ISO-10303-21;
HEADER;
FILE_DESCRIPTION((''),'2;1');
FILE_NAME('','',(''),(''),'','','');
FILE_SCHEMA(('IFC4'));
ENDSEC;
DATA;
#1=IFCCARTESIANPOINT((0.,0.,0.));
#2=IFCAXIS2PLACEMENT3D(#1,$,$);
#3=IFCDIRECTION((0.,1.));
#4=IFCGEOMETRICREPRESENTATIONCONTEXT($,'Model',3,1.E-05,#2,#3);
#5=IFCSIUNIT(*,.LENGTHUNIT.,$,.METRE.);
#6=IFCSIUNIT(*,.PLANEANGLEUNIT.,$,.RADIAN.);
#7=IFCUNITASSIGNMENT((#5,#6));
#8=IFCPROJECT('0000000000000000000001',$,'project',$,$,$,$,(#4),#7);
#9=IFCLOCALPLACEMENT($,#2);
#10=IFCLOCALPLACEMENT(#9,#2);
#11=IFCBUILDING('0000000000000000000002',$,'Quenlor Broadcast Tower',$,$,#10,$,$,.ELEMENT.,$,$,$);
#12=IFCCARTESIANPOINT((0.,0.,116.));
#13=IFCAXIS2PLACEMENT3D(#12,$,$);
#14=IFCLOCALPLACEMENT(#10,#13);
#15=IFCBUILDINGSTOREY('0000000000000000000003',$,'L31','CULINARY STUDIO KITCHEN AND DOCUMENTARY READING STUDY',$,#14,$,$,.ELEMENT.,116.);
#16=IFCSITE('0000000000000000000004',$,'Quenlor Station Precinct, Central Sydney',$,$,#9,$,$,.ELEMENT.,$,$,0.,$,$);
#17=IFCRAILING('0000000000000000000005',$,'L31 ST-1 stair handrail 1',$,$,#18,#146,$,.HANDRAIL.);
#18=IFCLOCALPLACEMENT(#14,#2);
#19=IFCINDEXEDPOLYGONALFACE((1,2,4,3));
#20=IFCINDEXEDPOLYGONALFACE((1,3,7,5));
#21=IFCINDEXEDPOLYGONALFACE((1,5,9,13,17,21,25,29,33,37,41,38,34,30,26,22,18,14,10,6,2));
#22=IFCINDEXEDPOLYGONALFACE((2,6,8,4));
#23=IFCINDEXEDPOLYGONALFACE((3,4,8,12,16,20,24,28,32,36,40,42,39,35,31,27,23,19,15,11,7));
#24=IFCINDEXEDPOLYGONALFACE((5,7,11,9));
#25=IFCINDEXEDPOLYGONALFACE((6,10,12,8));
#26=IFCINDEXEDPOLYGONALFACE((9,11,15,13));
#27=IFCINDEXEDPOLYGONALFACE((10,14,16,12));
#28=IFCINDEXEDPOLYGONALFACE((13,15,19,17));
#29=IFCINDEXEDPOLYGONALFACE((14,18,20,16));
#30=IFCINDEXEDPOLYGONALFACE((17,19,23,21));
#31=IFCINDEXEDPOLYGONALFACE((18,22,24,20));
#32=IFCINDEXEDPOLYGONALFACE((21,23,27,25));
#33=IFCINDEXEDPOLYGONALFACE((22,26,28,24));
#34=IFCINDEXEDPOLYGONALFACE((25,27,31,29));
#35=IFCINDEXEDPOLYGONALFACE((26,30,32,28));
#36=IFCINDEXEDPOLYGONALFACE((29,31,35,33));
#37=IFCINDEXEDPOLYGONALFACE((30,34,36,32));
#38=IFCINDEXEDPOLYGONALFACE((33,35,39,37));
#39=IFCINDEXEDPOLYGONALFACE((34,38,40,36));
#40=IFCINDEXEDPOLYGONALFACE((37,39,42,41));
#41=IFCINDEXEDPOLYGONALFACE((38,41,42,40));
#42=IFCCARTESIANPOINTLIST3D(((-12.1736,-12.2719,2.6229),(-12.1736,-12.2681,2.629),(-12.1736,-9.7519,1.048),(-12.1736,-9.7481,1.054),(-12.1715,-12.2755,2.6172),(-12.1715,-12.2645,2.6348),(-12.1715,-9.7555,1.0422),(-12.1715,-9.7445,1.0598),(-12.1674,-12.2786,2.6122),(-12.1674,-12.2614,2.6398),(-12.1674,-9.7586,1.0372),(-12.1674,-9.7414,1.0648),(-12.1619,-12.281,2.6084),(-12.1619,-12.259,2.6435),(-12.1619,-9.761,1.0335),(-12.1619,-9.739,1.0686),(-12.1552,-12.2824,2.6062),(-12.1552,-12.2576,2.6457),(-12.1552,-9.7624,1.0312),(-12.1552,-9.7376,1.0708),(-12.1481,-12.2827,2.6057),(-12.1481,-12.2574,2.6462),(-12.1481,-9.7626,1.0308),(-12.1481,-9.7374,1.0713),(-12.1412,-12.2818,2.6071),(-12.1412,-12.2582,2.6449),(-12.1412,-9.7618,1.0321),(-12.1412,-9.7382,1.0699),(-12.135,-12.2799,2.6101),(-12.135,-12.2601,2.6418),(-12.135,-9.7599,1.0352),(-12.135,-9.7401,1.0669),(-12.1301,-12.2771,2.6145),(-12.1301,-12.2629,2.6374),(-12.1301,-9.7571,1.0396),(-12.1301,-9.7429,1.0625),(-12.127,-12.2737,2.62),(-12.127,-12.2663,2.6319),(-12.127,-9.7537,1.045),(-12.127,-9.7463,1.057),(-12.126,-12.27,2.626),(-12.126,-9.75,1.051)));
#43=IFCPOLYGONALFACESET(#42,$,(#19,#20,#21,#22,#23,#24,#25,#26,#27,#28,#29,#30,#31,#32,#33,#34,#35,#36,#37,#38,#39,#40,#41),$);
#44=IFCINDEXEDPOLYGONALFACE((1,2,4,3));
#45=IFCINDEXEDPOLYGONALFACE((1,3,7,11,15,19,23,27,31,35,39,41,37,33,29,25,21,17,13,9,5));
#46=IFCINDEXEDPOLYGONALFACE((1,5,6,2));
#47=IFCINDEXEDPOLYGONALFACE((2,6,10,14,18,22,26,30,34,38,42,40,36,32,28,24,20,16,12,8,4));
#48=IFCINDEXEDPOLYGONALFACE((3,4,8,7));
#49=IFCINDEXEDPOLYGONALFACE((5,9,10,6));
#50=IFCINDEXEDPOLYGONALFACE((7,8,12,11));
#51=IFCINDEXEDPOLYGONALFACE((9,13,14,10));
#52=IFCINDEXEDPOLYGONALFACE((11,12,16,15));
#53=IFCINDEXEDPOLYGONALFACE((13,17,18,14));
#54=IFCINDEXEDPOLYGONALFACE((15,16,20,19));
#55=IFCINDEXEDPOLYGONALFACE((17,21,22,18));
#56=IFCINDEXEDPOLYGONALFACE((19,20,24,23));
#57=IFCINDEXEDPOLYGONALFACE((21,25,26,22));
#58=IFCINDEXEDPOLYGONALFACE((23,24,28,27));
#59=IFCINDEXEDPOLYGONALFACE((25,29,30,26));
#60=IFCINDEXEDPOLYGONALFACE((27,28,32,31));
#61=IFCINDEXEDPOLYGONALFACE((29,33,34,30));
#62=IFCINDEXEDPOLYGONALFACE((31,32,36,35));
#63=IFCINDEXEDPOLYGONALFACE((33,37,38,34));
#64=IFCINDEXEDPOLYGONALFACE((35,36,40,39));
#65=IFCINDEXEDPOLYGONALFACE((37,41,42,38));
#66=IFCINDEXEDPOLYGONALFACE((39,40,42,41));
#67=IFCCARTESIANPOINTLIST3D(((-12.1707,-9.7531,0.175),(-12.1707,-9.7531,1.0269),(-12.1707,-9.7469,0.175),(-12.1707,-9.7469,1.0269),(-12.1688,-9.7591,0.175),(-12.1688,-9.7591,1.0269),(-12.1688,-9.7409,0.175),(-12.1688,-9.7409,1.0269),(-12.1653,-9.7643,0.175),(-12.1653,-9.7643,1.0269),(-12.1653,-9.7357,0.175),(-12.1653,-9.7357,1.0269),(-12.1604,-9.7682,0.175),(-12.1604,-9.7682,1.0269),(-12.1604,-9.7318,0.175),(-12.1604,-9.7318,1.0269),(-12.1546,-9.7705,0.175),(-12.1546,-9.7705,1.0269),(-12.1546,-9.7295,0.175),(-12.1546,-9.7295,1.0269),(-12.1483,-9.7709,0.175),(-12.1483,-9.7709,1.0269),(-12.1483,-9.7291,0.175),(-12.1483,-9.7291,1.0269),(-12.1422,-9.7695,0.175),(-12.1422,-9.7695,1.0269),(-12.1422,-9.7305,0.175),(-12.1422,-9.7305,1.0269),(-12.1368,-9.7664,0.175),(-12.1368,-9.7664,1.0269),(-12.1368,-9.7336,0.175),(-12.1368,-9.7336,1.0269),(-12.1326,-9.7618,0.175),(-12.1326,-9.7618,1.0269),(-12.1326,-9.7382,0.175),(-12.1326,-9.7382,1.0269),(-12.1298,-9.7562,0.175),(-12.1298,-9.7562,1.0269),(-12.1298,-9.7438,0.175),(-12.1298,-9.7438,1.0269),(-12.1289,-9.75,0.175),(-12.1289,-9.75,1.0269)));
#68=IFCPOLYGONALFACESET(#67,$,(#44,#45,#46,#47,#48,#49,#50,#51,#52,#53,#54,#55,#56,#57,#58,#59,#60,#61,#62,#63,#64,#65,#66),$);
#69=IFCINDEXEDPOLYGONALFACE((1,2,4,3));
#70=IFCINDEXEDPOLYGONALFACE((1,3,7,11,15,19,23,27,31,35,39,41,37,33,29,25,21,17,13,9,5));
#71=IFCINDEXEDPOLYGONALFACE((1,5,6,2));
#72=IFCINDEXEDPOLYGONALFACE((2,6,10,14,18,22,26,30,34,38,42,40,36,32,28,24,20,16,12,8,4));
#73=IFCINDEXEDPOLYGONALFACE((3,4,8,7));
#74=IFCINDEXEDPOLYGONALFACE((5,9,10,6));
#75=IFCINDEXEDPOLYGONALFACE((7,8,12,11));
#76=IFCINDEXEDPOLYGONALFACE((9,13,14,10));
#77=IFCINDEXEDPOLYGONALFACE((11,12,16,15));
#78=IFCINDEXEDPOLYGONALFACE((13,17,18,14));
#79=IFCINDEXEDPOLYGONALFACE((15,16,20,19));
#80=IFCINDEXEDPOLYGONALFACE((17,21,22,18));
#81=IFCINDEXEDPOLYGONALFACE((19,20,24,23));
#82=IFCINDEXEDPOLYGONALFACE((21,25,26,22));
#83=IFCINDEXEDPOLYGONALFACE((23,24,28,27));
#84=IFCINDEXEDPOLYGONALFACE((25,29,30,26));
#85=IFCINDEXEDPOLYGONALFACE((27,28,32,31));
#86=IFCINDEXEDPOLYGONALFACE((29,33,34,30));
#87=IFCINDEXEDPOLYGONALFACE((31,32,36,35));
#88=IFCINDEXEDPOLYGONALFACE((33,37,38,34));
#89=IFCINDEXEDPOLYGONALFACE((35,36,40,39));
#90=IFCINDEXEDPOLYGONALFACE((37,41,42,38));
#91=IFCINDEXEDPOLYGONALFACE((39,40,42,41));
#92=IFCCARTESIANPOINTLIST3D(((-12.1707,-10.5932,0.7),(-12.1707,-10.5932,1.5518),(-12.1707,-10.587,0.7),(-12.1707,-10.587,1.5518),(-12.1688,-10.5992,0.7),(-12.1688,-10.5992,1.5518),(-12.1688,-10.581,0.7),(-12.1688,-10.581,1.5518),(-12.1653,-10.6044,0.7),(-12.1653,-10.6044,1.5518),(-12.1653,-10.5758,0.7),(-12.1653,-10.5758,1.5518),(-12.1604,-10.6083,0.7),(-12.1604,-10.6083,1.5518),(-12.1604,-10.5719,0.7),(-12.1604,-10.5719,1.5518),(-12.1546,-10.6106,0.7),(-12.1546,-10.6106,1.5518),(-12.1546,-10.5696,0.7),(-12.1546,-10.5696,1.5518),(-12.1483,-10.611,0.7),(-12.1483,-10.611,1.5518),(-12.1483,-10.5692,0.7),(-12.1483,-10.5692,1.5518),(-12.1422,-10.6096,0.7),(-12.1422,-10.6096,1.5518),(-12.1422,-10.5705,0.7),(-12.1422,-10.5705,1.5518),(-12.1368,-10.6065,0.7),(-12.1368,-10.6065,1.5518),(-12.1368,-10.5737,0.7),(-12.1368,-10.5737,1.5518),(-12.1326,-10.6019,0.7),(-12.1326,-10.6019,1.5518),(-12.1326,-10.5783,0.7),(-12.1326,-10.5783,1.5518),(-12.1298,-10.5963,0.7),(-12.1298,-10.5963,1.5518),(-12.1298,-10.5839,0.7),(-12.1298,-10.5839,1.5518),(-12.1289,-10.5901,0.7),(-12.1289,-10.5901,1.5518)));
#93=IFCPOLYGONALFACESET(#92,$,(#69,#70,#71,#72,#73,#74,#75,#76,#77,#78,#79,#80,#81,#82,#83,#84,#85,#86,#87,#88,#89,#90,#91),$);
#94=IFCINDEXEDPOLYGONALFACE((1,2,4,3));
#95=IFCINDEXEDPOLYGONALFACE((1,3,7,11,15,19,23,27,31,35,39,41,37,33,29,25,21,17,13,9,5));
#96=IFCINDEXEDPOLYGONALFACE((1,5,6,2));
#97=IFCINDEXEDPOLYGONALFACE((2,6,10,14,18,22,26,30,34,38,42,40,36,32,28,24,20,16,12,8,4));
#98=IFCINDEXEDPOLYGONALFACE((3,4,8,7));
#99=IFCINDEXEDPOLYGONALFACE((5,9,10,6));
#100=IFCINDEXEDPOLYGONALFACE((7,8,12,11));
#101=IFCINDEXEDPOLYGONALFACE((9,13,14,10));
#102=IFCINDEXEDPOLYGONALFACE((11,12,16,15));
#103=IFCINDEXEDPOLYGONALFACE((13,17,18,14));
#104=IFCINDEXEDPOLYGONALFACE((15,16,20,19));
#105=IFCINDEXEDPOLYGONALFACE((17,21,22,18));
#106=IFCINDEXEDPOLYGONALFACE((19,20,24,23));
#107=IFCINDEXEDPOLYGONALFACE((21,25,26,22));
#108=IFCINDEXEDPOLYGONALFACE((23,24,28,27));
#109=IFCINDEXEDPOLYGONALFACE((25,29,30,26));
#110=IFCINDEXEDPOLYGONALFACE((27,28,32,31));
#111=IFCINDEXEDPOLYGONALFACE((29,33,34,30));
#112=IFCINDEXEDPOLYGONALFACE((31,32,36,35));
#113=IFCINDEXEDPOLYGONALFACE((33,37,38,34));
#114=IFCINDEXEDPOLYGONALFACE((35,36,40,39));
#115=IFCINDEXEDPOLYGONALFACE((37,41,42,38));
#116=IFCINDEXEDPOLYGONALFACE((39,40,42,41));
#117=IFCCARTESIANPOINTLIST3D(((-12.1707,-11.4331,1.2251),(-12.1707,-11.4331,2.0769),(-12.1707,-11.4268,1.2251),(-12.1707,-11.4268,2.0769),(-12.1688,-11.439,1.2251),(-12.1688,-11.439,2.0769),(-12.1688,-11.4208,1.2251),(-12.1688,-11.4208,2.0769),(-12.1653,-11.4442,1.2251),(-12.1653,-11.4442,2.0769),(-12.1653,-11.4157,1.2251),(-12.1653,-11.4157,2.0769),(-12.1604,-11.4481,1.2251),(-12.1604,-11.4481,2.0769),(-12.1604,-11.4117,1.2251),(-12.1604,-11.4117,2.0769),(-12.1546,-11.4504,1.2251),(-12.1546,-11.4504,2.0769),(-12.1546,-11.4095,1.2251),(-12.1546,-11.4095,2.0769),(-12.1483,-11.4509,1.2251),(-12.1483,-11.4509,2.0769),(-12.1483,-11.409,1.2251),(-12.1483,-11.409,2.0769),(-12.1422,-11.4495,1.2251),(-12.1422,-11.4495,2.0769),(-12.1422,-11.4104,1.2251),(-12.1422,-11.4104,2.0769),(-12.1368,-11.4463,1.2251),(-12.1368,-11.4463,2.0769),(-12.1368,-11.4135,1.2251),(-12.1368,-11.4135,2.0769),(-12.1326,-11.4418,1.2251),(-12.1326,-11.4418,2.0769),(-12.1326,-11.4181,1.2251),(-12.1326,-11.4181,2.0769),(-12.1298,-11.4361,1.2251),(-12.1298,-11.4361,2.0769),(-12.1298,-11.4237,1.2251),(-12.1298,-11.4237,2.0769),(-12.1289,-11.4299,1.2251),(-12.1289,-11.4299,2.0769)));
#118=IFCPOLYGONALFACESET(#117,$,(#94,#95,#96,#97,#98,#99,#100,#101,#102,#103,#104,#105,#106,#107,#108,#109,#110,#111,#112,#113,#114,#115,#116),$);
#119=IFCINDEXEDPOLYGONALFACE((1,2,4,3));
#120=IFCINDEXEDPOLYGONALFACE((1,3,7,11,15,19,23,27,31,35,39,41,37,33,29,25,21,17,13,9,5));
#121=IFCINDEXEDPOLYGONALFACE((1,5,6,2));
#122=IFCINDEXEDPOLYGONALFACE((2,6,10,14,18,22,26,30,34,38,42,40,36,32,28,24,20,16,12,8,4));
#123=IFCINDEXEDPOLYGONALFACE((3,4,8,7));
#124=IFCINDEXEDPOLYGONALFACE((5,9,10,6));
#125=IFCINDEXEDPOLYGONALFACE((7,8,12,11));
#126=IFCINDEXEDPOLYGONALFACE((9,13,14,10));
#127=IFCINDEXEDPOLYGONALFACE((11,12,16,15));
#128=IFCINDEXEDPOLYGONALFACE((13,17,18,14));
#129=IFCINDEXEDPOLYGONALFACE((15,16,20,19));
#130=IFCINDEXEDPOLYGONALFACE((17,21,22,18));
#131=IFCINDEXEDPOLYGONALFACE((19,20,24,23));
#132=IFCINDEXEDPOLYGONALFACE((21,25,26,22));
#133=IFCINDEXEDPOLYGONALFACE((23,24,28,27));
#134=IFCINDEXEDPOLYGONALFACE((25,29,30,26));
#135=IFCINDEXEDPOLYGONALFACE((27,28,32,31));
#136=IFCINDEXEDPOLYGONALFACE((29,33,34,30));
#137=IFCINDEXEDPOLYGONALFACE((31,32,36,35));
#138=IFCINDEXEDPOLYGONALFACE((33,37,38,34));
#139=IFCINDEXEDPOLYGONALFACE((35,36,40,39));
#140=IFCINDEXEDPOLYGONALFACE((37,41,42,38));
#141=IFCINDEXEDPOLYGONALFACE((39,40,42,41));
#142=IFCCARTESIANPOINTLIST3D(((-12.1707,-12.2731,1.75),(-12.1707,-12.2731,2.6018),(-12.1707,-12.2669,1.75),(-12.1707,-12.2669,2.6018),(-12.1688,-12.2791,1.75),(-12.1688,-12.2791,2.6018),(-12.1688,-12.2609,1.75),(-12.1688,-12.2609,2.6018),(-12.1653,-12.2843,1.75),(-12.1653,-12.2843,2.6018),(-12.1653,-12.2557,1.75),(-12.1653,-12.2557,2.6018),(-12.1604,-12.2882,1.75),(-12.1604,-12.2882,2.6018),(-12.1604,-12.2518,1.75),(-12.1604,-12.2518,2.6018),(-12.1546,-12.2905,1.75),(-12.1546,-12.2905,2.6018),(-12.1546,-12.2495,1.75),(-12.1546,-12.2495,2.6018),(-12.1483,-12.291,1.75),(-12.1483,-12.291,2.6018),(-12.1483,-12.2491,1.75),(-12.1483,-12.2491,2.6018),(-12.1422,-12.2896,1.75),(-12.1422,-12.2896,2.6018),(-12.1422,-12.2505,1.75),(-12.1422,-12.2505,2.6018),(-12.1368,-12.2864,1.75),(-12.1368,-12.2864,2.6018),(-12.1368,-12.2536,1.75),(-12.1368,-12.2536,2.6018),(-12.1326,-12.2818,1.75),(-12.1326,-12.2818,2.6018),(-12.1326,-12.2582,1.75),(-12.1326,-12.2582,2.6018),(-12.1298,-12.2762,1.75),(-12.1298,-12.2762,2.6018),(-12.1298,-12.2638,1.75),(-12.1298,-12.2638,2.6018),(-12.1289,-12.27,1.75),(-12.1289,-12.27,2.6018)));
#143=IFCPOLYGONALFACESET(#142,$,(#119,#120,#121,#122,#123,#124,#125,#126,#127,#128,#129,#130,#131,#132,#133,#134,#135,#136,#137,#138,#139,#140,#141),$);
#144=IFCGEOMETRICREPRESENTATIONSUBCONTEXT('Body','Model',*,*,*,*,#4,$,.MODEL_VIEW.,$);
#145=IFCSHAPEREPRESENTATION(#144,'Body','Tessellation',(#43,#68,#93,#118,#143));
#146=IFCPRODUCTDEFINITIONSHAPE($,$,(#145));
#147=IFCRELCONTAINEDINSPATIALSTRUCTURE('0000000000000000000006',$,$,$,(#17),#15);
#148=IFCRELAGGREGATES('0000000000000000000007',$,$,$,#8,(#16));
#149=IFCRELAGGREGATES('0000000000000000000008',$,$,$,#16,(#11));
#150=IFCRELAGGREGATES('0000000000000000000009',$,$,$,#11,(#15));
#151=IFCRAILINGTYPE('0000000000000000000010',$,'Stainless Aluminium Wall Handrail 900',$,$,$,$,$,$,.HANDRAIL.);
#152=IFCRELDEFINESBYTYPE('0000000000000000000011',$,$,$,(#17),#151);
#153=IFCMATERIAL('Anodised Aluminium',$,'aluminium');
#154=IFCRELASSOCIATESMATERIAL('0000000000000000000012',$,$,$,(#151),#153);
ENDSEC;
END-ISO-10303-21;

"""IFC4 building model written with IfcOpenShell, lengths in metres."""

from ifc_helpers import new_model, si_unit, direction, frame, origin, origin_2d, place, context, subcontext, project, spatial, circle, extrude, material, type_object, element, save


model = new_model("IFC4")

# Units and contexts
model_context = context("Model", 3, precision=1e-05, world=origin(), true_north=direction((0.0, 1.0)))
body_context = subcontext(model_context, "Body", "Model", "MODEL_VIEW")
ifc_project = project(units=[si_unit("LENGTHUNIT", "METRE"), si_unit("PLANEANGLEUNIT", "RADIAN")], contexts=[model_context])

# Site, building, storey
site_placement = place(None, origin())
site = spatial("IfcSite", under=ifc_project, at=site_placement, Name="Quenlor Station Precinct, Central Sydney", CompositionType="ELEMENT", RefElevation=0.0)
building_placement = place(site_placement, origin())
building = spatial("IfcBuilding", under=site, at=building_placement, Name="Quenlor Broadcast Tower", CompositionType="ELEMENT")
storey_placement = place(building_placement, frame((0.0, 0.0, 116.0)))
storey = spatial("IfcBuildingStorey", under=building, at=storey_placement, Name="L31", Description="CULINARY STUDIO KITCHEN AND DOCUMENTARY READING STUDY", CompositionType="ELEMENT", Elevation=116.0)

# Railing
ifc_material_1 = material(Name="Anodised Aluminium", Category="aluminium")
railing_type_1 = type_object("IfcRailingType", Name="Stainless Aluminium Wall Handrail 900", PredefinedType="HANDRAIL", material=ifc_material_1)
railing_1_placement = place(storey_placement, frame((-12.1499, -9.75, 0.175)))
element("IfcRailing", 1, at=railing_1_placement, inside=storey, type_object=railing_type_1, Name="L31 ST-1 stair handrail 1", PredefinedType="HANDRAIL", context=body_context, shape_type="SweptSolid", body=[
    extrude(circle(Radius=0.0239, at=origin_2d()), frame((0.0, 0.0, 0.876), z_axis=(0.0, -0.848008, 0.529984), x_axis=(1.0, 0.0, 0.0)), (0.0, 0.0, 1.0), 2.9717),
    extrude(circle(Radius=0.021, at=origin_2d()), origin(), (0.0, 0.0, 1.0), 0.8518),
    extrude(circle(Radius=0.021, at=origin_2d()), frame((0.0, -0.8401, 0.5249)), (0.0, 0.0, 1.0), 0.8518),
    extrude(circle(Radius=0.021, at=origin_2d()), frame((0.0, -1.6799, 1.05)), (0.0, 0.0, 1.0), 0.8518),
    extrude(circle(Radius=0.021, at=origin_2d()), frame((0.0, -2.52, 1.575)), (0.0, 0.0, 1.0), 0.8518),
])

save(model, "model.ifc")
